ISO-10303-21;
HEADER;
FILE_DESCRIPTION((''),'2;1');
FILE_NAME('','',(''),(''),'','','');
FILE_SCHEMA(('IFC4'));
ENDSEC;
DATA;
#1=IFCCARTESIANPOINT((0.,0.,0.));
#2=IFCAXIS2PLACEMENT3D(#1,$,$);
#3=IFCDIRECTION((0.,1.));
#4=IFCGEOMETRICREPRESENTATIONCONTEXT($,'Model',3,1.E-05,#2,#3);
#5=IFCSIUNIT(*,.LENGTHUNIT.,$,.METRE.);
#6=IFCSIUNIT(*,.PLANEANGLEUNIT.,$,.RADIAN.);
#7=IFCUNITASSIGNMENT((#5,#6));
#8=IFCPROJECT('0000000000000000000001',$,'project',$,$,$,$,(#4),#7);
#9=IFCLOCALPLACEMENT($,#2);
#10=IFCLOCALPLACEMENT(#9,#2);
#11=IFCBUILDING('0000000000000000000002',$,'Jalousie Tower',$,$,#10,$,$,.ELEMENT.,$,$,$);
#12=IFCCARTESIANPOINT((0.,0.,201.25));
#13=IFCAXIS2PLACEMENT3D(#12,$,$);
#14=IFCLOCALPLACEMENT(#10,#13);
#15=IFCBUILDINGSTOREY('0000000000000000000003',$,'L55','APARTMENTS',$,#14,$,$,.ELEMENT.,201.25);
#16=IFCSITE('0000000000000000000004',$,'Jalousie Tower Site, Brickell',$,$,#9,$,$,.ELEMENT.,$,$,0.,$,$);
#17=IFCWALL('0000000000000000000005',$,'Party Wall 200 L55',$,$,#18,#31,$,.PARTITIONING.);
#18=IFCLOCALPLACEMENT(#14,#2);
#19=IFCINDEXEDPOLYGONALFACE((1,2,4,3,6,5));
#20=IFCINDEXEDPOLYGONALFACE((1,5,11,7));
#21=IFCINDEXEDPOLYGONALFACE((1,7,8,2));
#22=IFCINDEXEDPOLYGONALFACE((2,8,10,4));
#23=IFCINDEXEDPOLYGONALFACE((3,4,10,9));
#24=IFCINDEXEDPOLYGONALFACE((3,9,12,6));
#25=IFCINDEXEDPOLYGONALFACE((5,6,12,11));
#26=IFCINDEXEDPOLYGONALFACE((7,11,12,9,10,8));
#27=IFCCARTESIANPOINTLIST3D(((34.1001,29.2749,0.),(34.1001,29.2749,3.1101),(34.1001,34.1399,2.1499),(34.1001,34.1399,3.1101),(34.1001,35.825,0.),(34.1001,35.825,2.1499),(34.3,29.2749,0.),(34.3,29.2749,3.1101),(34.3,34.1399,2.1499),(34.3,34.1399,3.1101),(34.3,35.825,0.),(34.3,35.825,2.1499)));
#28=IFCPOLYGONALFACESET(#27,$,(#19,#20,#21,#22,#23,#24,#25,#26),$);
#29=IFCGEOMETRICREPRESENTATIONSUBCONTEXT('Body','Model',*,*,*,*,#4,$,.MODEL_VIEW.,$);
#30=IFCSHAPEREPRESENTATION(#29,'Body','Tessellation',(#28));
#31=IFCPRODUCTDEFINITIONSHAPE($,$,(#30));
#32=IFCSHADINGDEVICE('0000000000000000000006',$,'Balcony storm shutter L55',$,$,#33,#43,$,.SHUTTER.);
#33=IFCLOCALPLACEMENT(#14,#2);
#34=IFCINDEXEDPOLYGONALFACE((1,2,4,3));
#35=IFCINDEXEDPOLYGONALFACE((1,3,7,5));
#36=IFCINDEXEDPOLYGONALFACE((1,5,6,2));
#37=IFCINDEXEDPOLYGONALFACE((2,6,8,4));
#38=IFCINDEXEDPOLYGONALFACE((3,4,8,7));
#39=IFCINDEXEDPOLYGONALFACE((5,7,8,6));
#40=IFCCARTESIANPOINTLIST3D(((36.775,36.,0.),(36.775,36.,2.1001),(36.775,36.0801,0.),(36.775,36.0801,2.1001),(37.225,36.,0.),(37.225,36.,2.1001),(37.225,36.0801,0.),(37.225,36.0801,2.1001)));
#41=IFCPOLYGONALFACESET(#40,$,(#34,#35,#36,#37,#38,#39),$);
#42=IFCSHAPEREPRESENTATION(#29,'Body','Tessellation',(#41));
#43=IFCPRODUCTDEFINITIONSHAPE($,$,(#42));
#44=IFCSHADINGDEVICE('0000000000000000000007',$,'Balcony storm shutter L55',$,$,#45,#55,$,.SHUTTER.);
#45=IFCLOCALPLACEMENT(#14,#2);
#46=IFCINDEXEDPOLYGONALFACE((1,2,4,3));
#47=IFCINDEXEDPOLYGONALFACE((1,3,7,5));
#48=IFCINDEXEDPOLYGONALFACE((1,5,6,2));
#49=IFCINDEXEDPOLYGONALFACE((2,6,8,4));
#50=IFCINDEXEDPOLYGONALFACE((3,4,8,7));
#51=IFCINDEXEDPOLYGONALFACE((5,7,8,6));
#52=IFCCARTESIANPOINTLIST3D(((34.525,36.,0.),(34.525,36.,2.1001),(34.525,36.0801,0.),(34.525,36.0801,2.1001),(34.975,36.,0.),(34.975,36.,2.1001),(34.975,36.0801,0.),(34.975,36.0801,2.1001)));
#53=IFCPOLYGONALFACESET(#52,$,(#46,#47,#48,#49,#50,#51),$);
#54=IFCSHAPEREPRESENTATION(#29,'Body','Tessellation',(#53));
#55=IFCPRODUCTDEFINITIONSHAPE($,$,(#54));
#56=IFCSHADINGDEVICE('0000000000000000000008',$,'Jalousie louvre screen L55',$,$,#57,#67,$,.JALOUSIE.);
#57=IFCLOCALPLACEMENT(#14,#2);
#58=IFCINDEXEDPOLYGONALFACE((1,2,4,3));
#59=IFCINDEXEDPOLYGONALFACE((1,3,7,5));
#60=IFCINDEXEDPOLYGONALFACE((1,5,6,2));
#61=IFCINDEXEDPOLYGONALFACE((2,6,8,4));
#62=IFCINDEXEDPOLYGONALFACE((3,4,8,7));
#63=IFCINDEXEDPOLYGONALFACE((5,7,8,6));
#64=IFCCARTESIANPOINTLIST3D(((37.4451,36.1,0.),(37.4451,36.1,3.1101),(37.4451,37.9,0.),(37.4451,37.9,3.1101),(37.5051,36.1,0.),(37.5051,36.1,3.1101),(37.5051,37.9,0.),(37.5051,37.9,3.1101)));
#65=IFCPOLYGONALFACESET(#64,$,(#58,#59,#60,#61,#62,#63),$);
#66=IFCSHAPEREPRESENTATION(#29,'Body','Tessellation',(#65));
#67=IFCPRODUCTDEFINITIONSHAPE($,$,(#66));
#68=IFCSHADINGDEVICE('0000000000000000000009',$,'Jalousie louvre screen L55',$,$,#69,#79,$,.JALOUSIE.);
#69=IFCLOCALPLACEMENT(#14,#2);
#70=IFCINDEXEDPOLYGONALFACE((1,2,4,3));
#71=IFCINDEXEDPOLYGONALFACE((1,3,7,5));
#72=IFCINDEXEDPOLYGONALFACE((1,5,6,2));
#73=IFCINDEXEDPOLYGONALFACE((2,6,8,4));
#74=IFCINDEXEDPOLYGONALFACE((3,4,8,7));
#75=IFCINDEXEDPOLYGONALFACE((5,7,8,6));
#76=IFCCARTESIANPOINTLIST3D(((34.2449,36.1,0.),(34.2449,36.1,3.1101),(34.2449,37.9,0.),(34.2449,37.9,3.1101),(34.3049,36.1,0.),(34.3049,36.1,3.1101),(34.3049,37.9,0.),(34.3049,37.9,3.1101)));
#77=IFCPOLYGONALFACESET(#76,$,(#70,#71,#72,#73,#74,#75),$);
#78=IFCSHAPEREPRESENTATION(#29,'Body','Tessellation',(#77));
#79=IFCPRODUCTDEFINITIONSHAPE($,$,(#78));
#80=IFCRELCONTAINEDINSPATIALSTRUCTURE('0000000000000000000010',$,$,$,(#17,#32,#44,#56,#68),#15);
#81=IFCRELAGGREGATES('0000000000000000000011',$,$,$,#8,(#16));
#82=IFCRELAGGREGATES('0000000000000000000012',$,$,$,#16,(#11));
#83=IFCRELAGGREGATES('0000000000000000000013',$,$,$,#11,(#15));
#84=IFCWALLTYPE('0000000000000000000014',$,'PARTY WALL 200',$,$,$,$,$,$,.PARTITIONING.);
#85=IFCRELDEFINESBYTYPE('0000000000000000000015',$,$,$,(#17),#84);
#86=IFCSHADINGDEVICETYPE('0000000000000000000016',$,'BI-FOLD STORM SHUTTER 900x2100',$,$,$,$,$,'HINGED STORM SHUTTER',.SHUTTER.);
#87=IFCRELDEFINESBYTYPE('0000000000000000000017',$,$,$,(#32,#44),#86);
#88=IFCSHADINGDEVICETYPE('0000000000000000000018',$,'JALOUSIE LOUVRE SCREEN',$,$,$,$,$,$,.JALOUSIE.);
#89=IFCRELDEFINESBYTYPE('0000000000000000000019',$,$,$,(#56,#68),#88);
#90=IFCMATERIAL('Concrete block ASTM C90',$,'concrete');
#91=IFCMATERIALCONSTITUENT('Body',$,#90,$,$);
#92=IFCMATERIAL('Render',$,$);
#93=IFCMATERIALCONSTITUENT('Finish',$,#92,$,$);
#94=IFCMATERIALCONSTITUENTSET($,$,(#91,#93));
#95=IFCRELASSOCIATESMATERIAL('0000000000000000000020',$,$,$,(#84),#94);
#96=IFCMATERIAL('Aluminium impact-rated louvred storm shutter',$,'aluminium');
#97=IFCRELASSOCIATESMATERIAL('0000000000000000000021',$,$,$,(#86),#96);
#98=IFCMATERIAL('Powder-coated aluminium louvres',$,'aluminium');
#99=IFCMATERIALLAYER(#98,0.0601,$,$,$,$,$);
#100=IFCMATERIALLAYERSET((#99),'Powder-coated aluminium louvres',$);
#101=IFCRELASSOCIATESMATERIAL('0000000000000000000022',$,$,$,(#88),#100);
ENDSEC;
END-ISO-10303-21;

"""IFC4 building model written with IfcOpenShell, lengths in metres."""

from ifc_helpers import new_model, si_unit, direction, frame, origin, origin_2d, place, context, subcontext, project, spatial, polyline, rectangle, outline, extrude, material, layer, layer_set, constituent, constituent_set, type_object, element, save


model = new_model("IFC4")

# Units and contexts
model_context = context("Model", 3, precision=1e-05, world=origin(), true_north=direction((0.0, 1.0)))
body_context = subcontext(model_context, "Body", "Model", "MODEL_VIEW")
ifc_project = project(units=[si_unit("LENGTHUNIT", "METRE"), si_unit("PLANEANGLEUNIT", "RADIAN")], contexts=[model_context])

# Site, building, storey
site_placement = place(None, origin())
site = spatial("IfcSite", under=ifc_project, at=site_placement, Name="Jalousie Tower Site, Brickell", CompositionType="ELEMENT", RefElevation=0.0)
building_placement = place(site_placement, origin())
building = spatial("IfcBuilding", under=site, at=building_placement, Name="Jalousie Tower", CompositionType="ELEMENT")
storey_placement = place(building_placement, frame((0.0, 0.0, 201.25)))
storey = spatial("IfcBuildingStorey", under=building, at=storey_placement, Name="L55", Description="APARTMENTS", CompositionType="ELEMENT", Elevation=201.25)

# Wall
ifc_material_1 = material(Name="Concrete block ASTM C90", Category="concrete")
ifc_constituent_1 = constituent(ifc_material_1, Name="Body")
ifc_material_2 = material(Name="Render")
ifc_constituent_2 = constituent(ifc_material_2, Name="Finish")
ifc_constituent_set_1 = constituent_set(constituents=[ifc_constituent_1, ifc_constituent_2])
wall_type_1 = type_object("IfcWallType", Name="PARTY WALL 200", PredefinedType="PARTITIONING", material=ifc_constituent_set_1)
wall_1_placement = place(storey_placement, frame((34.2, 35.825, 0.0), z_axis=(0.0, 0.0, 1.0), x_axis=(0.0, -1.0, 0.0)))
element("IfcWall", 1, at=wall_1_placement, inside=storey, type_object=wall_type_1, Name="Party Wall 200 L55", PredefinedType="PARTITIONING", context=body_context, shape_type="SweptSolid", body=[
    extrude(outline(polyline([(0.0, 0.0), (6.55, 0.0), (6.55, 3.1101), (1.6851, 3.1101), (1.6851, 2.1499), (0.0, 2.1499), (0.0, 3.1101), (0.0, 0.0)])), frame((0.0, 0.1001, 0.0), z_axis=(0.0, -1.0, 0.0), x_axis=(1.0, 0.0, 0.0)), (0.0, 0.0, 1.0), 0.2),
])

# Shading devices
ifc_material_3 = material(Name="Aluminium impact-rated louvred storm shutter", Category="aluminium")
shading_device_type_1 = type_object("IfcShadingDeviceType", Name="BI-FOLD STORM SHUTTER 900x2100", ElementType="HINGED STORM SHUTTER", PredefinedType="SHUTTER", material=ifc_material_3)
for number, where, z_axis, x_axis, name in (
    (2, (37.0, 36.04, 0.0), (0.0, 0.0, 1.0), (-1.0, 0.0, 0.0), "Balcony storm shutter L55"),
    (3, (34.75, 36.04, 0.0), (0.0, 0.0, 1.0), (-1.0, 0.0, 0.0), "Balcony storm shutter L55"),
):
    element("IfcShadingDevice", number, at=place(storey_placement, frame(where, z_axis=z_axis, x_axis=x_axis)), inside=storey, type_object=shading_device_type_1, Name=name, PredefinedType="SHUTTER", context=body_context, shape_type="SweptSolid", body=[
        extrude(rectangle(XDim=0.45, YDim=0.0801, at=origin_2d()), origin(), (0.0, 0.0, 1.0), 2.1001),
    ])

# Shading devices
ifc_material_4 = material(Name="Powder-coated aluminium louvres", Category="aluminium")
ifc_layer_1 = layer(ifc_material_4, 0.0601)
ifc_layer_set_1 = layer_set([ifc_layer_1], Name="Powder-coated aluminium louvres")
shading_device_type_2 = type_object("IfcShadingDeviceType", Name="JALOUSIE LOUVRE SCREEN", PredefinedType="JALOUSIE", material=ifc_layer_set_1)
for number, where, z_axis, x_axis, name in (
    (4, (37.4751, 37.0, 0.0), (0.0, 0.0, 1.0), (-1.0, 0.0, 0.0), "Jalousie louvre screen L55"),
    (5, (34.2749, 37.0, 0.0), (0.0, 0.0, 1.0), (-1.0, 0.0, 0.0), "Jalousie louvre screen L55"),
):
    element("IfcShadingDevice", number, at=place(storey_placement, frame(where, z_axis=z_axis, x_axis=x_axis)), inside=storey, type_object=shading_device_type_2, Name=name, PredefinedType="JALOUSIE", context=body_context, shape_type="SweptSolid", body=[
        extrude(rectangle(XDim=0.0601, YDim=1.8, at=origin_2d()), origin(), (0.0, 0.0, 1.0), 3.1101),
    ])

save(model, "model.ifc")
